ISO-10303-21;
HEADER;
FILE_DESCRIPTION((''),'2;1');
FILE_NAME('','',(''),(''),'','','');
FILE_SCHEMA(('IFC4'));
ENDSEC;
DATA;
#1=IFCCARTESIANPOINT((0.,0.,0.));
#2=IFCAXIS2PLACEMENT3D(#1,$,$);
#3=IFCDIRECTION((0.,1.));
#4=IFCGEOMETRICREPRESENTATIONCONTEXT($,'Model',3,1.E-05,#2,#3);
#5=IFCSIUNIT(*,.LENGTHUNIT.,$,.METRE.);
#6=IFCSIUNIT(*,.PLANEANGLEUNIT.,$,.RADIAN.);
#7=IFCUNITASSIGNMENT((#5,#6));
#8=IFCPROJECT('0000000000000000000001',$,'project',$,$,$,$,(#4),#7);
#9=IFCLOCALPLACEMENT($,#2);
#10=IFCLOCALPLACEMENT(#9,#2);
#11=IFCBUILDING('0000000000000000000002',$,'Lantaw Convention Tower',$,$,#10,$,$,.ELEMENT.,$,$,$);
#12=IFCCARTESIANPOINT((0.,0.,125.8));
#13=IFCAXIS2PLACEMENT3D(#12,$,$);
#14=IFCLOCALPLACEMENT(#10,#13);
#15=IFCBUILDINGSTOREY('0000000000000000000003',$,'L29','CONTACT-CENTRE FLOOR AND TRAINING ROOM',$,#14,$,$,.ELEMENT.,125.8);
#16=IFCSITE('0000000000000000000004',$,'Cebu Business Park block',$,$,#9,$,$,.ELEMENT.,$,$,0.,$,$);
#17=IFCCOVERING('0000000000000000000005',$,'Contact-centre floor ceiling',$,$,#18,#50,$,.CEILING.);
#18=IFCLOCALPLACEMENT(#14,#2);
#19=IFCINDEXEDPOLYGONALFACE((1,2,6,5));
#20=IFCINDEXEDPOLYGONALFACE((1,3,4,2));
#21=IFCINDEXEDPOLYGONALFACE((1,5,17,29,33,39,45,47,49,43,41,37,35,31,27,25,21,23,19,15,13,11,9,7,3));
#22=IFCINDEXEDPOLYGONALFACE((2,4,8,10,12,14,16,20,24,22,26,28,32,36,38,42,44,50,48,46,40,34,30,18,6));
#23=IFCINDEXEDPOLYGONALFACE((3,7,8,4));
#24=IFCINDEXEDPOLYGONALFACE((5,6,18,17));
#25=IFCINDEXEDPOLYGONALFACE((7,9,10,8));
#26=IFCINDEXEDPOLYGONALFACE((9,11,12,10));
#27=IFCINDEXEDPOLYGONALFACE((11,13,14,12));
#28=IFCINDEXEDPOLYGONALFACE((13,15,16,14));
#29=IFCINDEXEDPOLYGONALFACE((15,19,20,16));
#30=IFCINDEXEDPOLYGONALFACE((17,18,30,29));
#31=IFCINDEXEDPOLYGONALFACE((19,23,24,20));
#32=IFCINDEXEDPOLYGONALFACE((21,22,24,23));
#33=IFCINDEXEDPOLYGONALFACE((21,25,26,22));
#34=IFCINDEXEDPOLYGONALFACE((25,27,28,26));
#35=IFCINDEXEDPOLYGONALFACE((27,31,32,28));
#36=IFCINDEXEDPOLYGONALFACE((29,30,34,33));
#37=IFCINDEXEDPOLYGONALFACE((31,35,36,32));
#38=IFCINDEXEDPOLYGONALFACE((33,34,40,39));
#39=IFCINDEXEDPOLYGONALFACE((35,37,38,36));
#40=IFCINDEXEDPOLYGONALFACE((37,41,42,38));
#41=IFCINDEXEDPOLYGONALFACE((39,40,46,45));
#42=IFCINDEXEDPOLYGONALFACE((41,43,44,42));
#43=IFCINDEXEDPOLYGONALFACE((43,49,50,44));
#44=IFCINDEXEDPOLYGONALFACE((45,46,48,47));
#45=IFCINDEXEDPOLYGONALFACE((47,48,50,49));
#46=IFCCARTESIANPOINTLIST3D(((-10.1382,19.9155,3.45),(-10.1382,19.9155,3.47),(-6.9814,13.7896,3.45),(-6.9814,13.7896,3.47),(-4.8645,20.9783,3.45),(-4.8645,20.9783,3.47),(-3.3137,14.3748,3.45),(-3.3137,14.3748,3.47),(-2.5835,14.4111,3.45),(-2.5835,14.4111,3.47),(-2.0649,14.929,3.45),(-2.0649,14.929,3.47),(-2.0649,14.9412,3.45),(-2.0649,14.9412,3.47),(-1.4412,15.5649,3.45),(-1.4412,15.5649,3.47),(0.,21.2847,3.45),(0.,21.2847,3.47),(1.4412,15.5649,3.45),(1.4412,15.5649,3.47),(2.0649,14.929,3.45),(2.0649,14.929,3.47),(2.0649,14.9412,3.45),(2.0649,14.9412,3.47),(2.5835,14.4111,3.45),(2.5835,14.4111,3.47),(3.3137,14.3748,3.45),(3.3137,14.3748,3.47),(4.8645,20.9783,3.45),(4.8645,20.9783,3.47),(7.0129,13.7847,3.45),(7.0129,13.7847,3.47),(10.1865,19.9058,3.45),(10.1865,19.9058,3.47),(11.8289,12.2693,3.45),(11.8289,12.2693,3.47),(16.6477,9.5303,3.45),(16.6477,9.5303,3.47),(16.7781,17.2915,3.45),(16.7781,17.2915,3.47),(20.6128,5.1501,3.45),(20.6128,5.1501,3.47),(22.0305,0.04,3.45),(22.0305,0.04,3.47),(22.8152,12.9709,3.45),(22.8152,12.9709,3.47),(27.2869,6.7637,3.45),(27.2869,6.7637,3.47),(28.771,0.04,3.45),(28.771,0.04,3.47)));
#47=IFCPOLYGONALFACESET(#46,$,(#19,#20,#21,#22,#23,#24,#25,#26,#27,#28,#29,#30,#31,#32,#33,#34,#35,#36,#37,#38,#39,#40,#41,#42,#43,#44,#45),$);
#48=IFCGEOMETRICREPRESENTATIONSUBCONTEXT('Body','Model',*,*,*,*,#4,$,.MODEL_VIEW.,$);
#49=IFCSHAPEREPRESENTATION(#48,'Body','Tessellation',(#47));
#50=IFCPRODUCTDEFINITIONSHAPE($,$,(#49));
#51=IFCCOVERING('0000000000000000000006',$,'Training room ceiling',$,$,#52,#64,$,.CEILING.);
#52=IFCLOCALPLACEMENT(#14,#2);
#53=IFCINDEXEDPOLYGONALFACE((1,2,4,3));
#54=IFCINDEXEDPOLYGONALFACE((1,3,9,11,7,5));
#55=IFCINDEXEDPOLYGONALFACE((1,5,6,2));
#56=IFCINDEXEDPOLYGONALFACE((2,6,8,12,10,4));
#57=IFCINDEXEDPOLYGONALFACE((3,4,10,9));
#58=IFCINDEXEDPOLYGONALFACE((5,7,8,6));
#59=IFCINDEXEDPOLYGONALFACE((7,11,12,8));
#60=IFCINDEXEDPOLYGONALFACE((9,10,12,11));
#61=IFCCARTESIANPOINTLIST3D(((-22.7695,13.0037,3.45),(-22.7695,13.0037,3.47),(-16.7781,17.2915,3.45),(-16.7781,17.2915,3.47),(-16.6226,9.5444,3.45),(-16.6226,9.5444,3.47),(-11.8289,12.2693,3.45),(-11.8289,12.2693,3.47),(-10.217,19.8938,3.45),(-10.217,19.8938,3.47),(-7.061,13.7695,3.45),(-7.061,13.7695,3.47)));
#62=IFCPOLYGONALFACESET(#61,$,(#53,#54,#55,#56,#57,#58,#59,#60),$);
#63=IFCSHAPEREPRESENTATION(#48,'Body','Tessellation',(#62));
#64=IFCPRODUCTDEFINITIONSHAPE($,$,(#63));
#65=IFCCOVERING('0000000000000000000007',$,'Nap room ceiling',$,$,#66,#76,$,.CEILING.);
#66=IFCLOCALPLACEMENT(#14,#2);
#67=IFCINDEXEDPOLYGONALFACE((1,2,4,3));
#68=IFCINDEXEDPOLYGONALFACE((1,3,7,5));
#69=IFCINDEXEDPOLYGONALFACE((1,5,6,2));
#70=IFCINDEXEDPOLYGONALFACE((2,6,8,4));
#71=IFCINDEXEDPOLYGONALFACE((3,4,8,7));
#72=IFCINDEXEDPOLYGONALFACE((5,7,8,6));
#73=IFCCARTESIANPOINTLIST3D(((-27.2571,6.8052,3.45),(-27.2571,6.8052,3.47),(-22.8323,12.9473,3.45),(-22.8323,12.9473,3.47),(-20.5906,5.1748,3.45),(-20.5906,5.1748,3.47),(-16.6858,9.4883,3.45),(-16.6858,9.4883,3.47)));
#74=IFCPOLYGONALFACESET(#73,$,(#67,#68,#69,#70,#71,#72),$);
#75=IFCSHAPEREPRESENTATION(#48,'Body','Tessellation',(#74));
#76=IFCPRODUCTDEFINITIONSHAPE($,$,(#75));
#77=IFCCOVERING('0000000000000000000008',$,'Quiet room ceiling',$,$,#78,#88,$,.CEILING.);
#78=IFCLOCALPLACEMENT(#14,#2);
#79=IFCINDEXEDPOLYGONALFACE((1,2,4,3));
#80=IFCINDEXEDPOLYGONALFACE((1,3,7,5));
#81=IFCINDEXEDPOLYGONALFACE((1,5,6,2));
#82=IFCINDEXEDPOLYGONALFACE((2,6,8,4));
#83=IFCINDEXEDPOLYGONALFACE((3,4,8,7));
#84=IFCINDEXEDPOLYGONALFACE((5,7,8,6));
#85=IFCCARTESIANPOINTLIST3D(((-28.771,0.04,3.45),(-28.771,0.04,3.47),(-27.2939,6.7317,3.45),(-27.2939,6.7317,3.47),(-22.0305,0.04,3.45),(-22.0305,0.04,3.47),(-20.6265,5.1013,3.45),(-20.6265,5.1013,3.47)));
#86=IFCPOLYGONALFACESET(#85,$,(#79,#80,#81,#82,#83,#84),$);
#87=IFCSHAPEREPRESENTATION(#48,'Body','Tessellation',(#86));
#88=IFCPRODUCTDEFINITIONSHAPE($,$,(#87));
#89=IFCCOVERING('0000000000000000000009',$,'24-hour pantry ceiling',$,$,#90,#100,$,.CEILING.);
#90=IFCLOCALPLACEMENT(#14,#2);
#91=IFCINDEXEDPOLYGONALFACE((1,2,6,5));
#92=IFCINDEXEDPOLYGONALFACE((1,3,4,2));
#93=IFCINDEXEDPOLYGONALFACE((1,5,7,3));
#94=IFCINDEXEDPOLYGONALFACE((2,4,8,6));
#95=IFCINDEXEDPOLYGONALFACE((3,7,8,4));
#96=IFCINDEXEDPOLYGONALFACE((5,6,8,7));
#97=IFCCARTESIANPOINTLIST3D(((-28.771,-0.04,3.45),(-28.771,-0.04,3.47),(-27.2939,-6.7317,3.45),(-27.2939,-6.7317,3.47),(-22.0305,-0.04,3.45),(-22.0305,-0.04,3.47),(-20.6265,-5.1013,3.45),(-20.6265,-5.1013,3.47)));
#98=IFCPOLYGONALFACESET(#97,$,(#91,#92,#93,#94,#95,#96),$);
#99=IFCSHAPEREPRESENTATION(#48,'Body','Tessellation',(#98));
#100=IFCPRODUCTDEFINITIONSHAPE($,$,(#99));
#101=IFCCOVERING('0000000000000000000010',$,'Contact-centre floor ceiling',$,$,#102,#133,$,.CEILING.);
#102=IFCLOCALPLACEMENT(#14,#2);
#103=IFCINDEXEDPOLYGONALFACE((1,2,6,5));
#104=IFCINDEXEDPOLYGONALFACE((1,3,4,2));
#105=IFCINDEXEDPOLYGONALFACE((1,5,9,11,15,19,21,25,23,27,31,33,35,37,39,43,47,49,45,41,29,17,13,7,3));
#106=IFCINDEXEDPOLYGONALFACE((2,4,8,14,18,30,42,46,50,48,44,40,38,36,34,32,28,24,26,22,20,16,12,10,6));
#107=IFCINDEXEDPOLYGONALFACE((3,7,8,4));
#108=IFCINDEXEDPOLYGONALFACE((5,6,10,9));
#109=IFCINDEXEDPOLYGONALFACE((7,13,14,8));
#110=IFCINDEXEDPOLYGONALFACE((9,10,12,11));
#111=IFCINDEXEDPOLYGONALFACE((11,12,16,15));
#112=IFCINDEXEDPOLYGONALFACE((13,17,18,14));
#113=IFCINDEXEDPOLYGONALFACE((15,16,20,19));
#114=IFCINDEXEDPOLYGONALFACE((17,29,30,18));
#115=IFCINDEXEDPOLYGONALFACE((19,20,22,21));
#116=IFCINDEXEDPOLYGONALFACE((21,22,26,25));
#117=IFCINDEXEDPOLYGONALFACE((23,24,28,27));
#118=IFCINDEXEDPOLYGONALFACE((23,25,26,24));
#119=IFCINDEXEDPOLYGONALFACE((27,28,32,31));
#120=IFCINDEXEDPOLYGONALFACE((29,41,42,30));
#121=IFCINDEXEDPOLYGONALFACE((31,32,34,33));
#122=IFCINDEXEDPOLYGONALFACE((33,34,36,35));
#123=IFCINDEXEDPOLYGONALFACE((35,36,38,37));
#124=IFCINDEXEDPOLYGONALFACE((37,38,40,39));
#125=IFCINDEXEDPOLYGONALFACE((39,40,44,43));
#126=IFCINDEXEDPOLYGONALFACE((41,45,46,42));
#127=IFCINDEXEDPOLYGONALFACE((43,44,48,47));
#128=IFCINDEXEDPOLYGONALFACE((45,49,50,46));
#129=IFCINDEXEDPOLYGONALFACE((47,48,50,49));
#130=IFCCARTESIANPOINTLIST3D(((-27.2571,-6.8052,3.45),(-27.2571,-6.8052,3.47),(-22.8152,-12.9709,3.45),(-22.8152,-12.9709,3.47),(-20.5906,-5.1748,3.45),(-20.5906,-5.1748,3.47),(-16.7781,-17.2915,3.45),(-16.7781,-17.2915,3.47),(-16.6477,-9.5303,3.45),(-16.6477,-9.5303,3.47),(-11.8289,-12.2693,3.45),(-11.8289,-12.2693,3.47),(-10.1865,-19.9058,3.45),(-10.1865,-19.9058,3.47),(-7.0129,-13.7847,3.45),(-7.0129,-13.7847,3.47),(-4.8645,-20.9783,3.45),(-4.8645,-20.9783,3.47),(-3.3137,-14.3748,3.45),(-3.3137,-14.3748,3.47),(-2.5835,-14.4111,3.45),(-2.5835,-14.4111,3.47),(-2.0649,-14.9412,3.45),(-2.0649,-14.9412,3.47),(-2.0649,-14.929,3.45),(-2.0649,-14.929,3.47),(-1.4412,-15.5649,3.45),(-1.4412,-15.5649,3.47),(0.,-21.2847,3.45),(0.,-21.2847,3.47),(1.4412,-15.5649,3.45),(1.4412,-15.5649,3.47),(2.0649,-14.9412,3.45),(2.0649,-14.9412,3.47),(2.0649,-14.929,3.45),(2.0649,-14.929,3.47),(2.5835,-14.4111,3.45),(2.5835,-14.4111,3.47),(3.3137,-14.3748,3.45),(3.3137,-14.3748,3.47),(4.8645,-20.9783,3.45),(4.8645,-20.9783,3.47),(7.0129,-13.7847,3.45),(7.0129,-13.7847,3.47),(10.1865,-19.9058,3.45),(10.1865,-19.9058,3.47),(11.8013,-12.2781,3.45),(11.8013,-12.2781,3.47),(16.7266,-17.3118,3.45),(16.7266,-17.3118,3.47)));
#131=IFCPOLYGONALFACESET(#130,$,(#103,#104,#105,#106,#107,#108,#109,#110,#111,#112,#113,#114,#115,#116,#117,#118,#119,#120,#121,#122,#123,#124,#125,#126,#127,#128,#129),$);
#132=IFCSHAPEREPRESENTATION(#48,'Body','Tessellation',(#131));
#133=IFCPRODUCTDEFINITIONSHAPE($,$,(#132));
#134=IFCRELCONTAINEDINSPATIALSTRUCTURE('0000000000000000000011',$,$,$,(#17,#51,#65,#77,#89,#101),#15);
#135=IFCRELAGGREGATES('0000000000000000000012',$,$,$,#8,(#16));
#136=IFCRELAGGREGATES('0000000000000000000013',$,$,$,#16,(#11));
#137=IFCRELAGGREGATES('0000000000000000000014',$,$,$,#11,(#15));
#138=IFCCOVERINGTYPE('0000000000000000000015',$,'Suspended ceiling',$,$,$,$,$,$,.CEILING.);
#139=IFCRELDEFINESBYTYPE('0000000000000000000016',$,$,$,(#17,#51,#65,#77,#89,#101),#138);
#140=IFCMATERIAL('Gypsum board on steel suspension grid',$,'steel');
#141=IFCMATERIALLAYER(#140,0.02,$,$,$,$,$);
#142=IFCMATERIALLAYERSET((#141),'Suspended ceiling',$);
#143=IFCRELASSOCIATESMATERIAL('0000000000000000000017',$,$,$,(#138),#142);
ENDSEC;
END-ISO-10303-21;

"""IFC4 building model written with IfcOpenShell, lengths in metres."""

from ifc_helpers import new_model, si_unit, direction, frame, origin, place, context, subcontext, project, spatial, polyline, outline, extrude, material, layer, layer_set, type_object, element, save


model = new_model("IFC4")

# Units and contexts
model_context = context("Model", 3, precision=1e-05, world=origin(), true_north=direction((0.0, 1.0)))
body_context = subcontext(model_context, "Body", "Model", "MODEL_VIEW")
ifc_project = project(units=[si_unit("LENGTHUNIT", "METRE"), si_unit("PLANEANGLEUNIT", "RADIAN")], contexts=[model_context])

# Site, building, storey
site_placement = place(None, origin())
site = spatial("IfcSite", under=ifc_project, at=site_placement, Name="Cebu Business Park block", CompositionType="ELEMENT", RefElevation=0.0)
building_placement = place(site_placement, origin())
building = spatial("IfcBuilding", under=site, at=building_placement, Name="Lantaw Convention Tower", CompositionType="ELEMENT")
storey_placement = place(building_placement, frame((0.0, 0.0, 125.8)))
storey = spatial("IfcBuildingStorey", under=building, at=storey_placement, Name="L29", Description="CONTACT-CENTRE FLOOR AND TRAINING ROOM", CompositionType="ELEMENT", Elevation=125.8)

# Coverings
ifc_material_1 = material(Name="Gypsum board on steel suspension grid", Category="steel")
ifc_layer_1 = layer(ifc_material_1, 0.02)
ifc_layer_set_1 = layer_set([ifc_layer_1], Name="Suspended ceiling")
covering_type = type_object("IfcCoveringType", Name="Suspended ceiling", PredefinedType="CEILING", material=ifc_layer_set_1)
covering_1_placement = place(storey_placement, frame((0.0, 0.0, 3.45)))
element("IfcCovering", 1, at=covering_1_placement, inside=storey, type_object=covering_type, Name="Contact-centre floor ceiling", PredefinedType="CEILING", context=body_context, shape_type="SweptSolid", body=[
    extrude(outline(polyline([(-2.0649, 14.929), (-2.0649, 14.9412), (-1.4412, 15.5649), (1.4412, 15.5649), (2.0649, 14.9412), (2.0649, 14.929), (2.5835, 14.4111), (3.3137, 14.3748), (7.0129, 13.7847), (11.8289, 12.2693), (16.6477, 9.5303), (20.6128, 5.1501), (22.0305, 0.04), (28.771, 0.04), (27.2869, 6.7637), (22.8152, 12.9709), (16.7781, 17.2915), (10.1865, 19.9058), (4.8645, 20.9783), (0.0, 21.2847), (-4.8645, 20.9783), (-10.1382, 19.9155), (-6.9814, 13.7896), (-3.3137, 14.3748), (-2.5835, 14.4111), (-2.0649, 14.929)])), origin(), (0.0, 0.0, 1.0), 0.02),
])
covering_2_placement = place(storey_placement, frame((0.0, 0.0, 3.45)))
element("IfcCovering", 2, at=covering_2_placement, inside=storey, type_object=covering_type, Name="Training room ceiling", PredefinedType="CEILING", context=body_context, shape_type="SweptSolid", body=[
    extrude(outline(polyline([(-7.061, 13.7695), (-10.217, 19.8938), (-16.7781, 17.2915), (-22.7695, 13.0037), (-16.6226, 9.5444), (-11.8289, 12.2693), (-7.061, 13.7695)])), origin(), (0.0, 0.0, 1.0), 0.02),
])
covering_3_placement = place(storey_placement, frame((0.0, 0.0, 3.45)))
element("IfcCovering", 3, at=covering_3_placement, inside=storey, type_object=covering_type, Name="Nap room ceiling", PredefinedType="CEILING", context=body_context, shape_type="SweptSolid", body=[
    extrude(outline(polyline([(-16.6858, 9.4883), (-22.8323, 12.9473), (-27.2571, 6.8052), (-20.5906, 5.1748), (-16.6858, 9.4883)])), origin(), (0.0, 0.0, 1.0), 0.02),
])
covering_4_placement = place(storey_placement, frame((0.0, 0.0, 3.45)))
element("IfcCovering", 4, at=covering_4_placement, inside=storey, type_object=covering_type, Name="Quiet room ceiling", PredefinedType="CEILING", context=body_context, shape_type="SweptSolid", body=[
    extrude(outline(polyline([(-20.6265, 5.1013), (-27.2939, 6.7317), (-28.771, 0.04), (-22.0305, 0.04), (-20.6265, 5.1013)])), origin(), (0.0, 0.0, 1.0), 0.02),
])
covering_5_placement = place(storey_placement, frame((0.0, 0.0, 3.45)))
element("IfcCovering", 5, at=covering_5_placement, inside=storey, type_object=covering_type, Name="24-hour pantry ceiling", PredefinedType="CEILING", context=body_context, shape_type="SweptSolid", body=[
    extrude(outline(polyline([(-22.0305, -0.04), (-28.771, -0.04), (-27.2939, -6.7317), (-20.6265, -5.1013), (-22.0305, -0.04)])), origin(), (0.0, 0.0, 1.0), 0.02),
])
covering_6_placement = place(storey_placement, frame((0.0, 0.0, 3.45)))
element("IfcCovering", 6, at=covering_6_placement, inside=storey, type_object=covering_type, Name="Contact-centre floor ceiling", PredefinedType="CEILING", context=body_context, shape_type="SweptSolid", body=[
    extrude(outline(polyline([(-11.8289, -12.2693), (-16.6477, -9.5303), (-20.5906, -5.1748), (-27.2571, -6.8052), (-22.8152, -12.9709), (-16.7781, -17.2915), (-10.1865, -19.9058), (-4.8645, -20.9783), (0.0, -21.2847), (4.8645, -20.9783), (10.1865, -19.9058), (16.7266, -17.3118), (11.8013, -12.2781), (7.0129, -13.7847), (3.3137, -14.3748), (2.5835, -14.4111), (2.0649, -14.929), (2.0649, -14.9412), (1.4412, -15.5649), (-1.4412, -15.5649), (-2.0649, -14.9412), (-2.0649, -14.929), (-2.5835, -14.4111), (-3.3137, -14.3748), (-7.0129, -13.7847), (-11.8289, -12.2693)])), origin(), (0.0, 0.0, 1.0), 0.02),
])

save(model, "model.ifc")
